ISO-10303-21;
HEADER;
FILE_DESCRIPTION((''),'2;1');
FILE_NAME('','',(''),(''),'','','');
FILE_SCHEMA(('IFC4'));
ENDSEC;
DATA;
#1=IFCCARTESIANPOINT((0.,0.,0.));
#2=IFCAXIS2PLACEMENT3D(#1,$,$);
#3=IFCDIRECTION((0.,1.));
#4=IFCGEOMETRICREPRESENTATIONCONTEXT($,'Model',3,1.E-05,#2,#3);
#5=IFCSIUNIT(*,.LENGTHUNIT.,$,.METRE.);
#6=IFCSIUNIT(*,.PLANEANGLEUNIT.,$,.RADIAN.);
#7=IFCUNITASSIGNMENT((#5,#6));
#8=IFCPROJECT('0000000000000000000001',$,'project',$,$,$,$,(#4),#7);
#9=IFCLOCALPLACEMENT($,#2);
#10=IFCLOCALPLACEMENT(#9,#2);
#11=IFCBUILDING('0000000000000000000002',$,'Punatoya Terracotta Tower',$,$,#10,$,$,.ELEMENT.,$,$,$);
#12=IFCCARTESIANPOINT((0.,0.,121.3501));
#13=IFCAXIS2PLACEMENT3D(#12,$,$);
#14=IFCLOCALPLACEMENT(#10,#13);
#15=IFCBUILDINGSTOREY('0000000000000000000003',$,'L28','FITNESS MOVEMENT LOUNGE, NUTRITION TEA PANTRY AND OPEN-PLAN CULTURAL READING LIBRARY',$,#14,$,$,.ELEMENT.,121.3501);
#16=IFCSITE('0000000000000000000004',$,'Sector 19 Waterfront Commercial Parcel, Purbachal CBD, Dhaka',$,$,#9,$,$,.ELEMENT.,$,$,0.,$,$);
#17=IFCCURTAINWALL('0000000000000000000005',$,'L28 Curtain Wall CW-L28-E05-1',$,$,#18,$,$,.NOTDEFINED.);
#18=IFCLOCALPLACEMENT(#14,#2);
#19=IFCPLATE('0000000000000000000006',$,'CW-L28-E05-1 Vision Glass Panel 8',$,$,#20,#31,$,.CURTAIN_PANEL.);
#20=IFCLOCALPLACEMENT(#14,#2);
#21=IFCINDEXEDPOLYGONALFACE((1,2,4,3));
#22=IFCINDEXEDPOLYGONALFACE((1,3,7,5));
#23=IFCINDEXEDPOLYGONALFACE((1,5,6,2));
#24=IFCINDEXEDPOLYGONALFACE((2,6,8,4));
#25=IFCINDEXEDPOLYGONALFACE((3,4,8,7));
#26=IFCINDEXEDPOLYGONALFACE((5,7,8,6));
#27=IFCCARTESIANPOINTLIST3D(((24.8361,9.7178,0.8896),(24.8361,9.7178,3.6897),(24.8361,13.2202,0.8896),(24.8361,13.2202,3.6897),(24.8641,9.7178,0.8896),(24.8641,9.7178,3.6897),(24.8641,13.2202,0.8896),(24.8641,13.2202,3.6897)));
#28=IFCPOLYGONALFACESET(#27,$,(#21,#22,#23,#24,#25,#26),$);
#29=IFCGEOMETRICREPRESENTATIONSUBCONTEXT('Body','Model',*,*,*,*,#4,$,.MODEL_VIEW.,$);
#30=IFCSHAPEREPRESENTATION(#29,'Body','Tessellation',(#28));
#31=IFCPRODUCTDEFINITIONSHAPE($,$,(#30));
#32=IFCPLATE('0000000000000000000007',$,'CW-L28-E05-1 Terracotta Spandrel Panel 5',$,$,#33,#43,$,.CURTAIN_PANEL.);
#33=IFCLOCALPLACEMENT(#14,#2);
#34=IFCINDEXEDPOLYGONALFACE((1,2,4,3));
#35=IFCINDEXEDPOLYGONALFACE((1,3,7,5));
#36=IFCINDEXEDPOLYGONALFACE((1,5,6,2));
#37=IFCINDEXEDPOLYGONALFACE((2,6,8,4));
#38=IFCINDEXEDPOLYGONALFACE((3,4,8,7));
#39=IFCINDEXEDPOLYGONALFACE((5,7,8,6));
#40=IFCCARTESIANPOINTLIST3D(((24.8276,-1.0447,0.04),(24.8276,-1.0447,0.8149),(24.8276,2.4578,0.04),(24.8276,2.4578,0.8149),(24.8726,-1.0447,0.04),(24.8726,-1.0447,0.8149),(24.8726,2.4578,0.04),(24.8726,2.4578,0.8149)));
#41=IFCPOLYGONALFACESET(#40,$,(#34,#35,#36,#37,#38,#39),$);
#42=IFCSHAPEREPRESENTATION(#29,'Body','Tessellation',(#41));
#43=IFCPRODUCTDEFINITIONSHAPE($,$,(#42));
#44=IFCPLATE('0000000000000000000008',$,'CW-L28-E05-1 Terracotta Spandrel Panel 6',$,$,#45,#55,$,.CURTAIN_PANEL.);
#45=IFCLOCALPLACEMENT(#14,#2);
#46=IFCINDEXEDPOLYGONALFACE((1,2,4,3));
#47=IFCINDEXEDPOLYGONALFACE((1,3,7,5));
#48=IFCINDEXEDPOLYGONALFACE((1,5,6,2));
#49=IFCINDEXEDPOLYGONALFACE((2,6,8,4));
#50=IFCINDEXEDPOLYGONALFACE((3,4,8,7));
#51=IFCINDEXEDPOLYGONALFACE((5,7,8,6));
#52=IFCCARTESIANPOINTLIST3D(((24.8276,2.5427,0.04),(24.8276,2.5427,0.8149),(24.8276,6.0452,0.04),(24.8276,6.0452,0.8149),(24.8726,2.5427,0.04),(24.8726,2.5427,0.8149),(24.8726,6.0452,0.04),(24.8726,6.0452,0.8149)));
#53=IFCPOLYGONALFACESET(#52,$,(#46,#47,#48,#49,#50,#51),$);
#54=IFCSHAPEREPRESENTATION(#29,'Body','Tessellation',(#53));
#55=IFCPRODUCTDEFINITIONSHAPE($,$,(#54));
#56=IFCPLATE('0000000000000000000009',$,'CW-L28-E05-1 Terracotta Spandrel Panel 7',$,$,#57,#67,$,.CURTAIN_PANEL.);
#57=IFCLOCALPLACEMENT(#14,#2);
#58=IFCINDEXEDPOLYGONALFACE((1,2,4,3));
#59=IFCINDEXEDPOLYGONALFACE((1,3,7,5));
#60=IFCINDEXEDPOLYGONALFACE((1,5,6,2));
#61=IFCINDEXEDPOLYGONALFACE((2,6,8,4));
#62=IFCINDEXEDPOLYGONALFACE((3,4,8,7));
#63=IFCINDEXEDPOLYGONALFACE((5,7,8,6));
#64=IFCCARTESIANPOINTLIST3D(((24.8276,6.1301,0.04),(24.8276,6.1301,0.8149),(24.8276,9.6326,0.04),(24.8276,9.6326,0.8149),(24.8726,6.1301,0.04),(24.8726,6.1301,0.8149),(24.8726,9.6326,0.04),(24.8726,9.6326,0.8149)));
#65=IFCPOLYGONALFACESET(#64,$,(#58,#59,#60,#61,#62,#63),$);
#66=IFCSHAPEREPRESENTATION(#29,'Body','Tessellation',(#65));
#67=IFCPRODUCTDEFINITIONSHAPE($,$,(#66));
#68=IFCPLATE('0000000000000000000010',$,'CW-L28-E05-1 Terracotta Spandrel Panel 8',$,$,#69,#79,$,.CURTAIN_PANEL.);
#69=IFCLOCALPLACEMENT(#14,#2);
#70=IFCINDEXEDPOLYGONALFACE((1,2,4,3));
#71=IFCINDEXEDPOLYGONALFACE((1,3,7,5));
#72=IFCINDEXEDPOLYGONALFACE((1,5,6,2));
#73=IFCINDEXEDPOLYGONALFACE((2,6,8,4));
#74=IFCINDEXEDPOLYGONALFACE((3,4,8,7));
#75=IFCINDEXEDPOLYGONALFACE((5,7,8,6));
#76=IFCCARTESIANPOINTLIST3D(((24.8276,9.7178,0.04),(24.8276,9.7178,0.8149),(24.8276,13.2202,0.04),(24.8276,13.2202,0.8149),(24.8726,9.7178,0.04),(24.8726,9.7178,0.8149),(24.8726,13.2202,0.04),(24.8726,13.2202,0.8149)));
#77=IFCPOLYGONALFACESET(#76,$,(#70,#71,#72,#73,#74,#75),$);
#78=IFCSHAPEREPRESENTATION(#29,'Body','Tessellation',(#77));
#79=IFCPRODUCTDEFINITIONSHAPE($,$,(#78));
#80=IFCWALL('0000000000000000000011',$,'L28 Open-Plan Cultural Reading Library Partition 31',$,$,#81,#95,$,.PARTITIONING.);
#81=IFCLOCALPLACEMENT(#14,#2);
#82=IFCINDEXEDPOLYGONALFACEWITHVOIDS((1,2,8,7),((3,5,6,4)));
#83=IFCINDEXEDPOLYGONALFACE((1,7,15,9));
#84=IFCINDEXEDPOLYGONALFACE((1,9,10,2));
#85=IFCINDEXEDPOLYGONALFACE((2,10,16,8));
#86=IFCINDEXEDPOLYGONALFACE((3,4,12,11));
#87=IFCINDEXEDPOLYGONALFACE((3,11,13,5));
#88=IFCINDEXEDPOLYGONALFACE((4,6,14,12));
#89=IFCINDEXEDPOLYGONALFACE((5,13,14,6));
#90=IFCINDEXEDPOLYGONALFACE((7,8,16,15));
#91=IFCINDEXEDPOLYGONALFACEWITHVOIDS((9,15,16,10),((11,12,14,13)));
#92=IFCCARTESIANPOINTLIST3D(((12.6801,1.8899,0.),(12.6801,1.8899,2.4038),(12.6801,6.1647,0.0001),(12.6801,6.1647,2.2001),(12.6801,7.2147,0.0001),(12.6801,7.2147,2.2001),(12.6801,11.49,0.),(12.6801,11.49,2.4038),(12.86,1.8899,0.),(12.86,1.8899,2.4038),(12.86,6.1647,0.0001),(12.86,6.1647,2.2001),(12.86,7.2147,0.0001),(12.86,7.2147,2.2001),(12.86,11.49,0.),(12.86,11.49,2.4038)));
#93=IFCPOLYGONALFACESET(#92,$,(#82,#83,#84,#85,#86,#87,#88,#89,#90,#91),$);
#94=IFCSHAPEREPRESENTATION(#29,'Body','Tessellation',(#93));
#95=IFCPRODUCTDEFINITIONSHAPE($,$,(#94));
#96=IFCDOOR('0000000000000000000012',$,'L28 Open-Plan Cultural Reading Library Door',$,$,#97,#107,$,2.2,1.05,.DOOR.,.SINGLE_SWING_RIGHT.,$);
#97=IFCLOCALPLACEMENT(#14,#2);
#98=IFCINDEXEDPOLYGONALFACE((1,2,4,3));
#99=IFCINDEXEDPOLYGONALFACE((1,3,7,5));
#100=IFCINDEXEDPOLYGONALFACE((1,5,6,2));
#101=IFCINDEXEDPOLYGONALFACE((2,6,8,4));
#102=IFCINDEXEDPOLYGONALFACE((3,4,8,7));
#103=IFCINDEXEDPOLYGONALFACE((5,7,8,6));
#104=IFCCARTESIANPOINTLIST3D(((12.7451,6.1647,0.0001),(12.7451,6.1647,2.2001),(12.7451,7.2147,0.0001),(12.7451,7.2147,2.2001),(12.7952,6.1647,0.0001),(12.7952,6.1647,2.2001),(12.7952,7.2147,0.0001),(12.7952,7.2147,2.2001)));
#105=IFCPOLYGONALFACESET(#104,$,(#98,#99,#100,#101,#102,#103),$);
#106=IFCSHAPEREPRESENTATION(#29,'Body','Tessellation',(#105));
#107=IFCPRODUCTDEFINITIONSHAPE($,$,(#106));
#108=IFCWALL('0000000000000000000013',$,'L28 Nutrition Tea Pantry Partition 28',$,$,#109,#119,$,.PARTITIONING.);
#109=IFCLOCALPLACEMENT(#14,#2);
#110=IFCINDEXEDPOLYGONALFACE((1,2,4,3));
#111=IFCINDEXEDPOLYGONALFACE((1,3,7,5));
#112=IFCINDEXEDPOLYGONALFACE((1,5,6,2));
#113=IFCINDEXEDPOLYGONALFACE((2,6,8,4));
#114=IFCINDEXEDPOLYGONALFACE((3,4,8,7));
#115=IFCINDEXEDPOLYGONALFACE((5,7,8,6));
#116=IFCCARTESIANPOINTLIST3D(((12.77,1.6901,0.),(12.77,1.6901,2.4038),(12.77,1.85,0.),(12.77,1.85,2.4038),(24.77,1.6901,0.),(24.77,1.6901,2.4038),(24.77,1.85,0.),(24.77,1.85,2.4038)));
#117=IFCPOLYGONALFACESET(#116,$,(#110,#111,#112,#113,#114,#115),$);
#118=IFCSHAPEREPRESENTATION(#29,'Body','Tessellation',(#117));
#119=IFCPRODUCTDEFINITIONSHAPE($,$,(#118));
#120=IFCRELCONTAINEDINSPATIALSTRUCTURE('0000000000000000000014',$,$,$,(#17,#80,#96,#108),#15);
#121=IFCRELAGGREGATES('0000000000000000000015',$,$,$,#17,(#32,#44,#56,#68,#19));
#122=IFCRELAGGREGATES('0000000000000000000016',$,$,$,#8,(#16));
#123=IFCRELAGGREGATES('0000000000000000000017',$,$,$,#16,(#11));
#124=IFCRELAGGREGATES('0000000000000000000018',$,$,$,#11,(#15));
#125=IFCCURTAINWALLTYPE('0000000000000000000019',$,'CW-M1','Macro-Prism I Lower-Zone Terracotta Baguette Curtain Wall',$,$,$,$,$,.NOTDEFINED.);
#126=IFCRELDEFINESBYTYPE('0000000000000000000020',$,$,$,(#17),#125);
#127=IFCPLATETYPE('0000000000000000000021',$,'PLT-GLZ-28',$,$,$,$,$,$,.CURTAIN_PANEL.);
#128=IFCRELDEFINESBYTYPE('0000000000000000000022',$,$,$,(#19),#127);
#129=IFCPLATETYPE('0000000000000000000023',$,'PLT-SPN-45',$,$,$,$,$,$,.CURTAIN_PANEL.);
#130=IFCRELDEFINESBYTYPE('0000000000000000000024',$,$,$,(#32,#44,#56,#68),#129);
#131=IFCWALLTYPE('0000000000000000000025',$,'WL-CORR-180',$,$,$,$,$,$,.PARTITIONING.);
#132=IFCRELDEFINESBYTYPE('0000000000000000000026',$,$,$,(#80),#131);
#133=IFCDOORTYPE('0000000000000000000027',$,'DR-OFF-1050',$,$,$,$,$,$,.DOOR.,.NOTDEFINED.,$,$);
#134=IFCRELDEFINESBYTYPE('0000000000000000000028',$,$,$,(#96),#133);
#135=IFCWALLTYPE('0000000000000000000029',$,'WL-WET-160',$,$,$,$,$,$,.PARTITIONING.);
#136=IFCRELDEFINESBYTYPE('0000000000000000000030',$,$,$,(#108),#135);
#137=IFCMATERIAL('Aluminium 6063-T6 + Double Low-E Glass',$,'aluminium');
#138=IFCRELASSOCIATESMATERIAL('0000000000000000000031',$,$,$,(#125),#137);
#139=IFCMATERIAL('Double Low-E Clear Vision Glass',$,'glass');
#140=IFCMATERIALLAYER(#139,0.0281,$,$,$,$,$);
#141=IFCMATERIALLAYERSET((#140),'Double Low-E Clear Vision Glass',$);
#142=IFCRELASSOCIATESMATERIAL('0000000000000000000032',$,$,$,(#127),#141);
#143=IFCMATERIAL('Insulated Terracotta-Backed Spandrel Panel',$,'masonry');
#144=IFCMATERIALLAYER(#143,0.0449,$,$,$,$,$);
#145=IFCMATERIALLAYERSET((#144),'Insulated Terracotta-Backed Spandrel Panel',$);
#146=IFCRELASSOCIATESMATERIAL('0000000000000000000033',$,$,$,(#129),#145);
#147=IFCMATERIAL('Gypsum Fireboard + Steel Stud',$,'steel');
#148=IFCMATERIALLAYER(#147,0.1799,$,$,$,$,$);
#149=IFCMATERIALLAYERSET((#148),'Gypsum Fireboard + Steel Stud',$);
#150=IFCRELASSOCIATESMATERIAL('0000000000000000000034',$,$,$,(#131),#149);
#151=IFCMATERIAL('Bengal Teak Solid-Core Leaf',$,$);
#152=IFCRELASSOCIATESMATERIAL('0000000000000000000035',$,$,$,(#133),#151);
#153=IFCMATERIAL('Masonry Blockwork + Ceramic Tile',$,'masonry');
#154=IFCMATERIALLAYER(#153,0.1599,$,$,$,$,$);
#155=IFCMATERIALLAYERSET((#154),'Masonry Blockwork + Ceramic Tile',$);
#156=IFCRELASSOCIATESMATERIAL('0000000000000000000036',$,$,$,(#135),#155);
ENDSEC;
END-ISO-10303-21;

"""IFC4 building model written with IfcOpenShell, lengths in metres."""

from ifc_helpers import new_model, si_unit, direction, frame, frame_2d, origin, origin_2d, place, context, subcontext, project, spatial, rectangle, extrude, material, layer, layer_set, type_object, element, fill, aggregate, save


model = new_model("IFC4")

# Units and contexts
model_context = context("Model", 3, precision=1e-05, world=origin(), true_north=direction((0.0, 1.0)))
body_context = subcontext(model_context, "Body", "Model", "MODEL_VIEW")
ifc_project = project(units=[si_unit("LENGTHUNIT", "METRE"), si_unit("PLANEANGLEUNIT", "RADIAN")], contexts=[model_context])

# Site, building, storey
site_placement = place(None, origin())
site = spatial("IfcSite", under=ifc_project, at=site_placement, Name="Sector 19 Waterfront Commercial Parcel, Purbachal CBD, Dhaka", CompositionType="ELEMENT", RefElevation=0.0)
building_placement = place(site_placement, origin())
building = spatial("IfcBuilding", under=site, at=building_placement, Name="Punatoya Terracotta Tower", CompositionType="ELEMENT")
storey_placement = place(building_placement, frame((0.0, 0.0, 121.3501)))
storey = spatial("IfcBuildingStorey", under=building, at=storey_placement, Name="L28", Description="FITNESS MOVEMENT LOUNGE, NUTRITION TEA PANTRY AND OPEN-PLAN CULTURAL READING LIBRARY", CompositionType="ELEMENT", Elevation=121.3501)

# Curtain wall, plates
ifc_material_1 = material(Name="Aluminium 6063-T6 + Double Low-E Glass", Category="aluminium")
curtain_wall_type = type_object("IfcCurtainWallType", Name="CW-M1", Description="Macro-Prism I Lower-Zone Terracotta Baguette Curtain Wall", PredefinedType="NOTDEFINED", material=ifc_material_1)
curtain_wall_placement = place(storey_placement, origin())
curtain_wall = element("IfcCurtainWall", 1, at=curtain_wall_placement, inside=storey, type_object=curtain_wall_type, Name="L28 Curtain Wall CW-L28-E05-1", PredefinedType="NOTDEFINED")
ifc_material_2 = material(Name="Double Low-E Clear Vision Glass", Category="glass")
ifc_layer_1 = layer(ifc_material_2, 0.0281)
ifc_layer_set_1 = layer_set([ifc_layer_1], Name="Double Low-E Clear Vision Glass")
plate_type_1 = type_object("IfcPlateType", Name="PLT-GLZ-28", PredefinedType="CURTAIN_PANEL", material=ifc_layer_set_1)
plate_1_placement = place(storey_placement, frame((24.8501, 11.469, 0.8896), z_axis=(0.0, 0.0, 1.0), x_axis=(0.0, 1.0, 0.0)))
plate_1 = element("IfcPlate", 2, at=plate_1_placement, type_object=plate_type_1, Name="CW-L28-E05-1 Vision Glass Panel 8", PredefinedType="CURTAIN_PANEL", context=body_context, shape_type="SweptSolid", body=[
    extrude(rectangle(XDim=3.5024, YDim=0.0281, at=origin_2d()), origin(), (0.0, 0.0, 1.0), 2.8),
])
ifc_material_3 = material(Name="Insulated Terracotta-Backed Spandrel Panel", Category="masonry")
ifc_layer_2 = layer(ifc_material_3, 0.0449)
ifc_layer_set_2 = layer_set([ifc_layer_2], Name="Insulated Terracotta-Backed Spandrel Panel")
plate_type_2 = type_object("IfcPlateType", Name="PLT-SPN-45", PredefinedType="CURTAIN_PANEL", material=ifc_layer_set_2)
plate_2_placement = place(storey_placement, frame((24.8501, 0.7065, 0.04), z_axis=(0.0, 0.0, 1.0), x_axis=(0.0, 1.0, 0.0)))
plate_2 = element("IfcPlate", 3, at=plate_2_placement, type_object=plate_type_2, Name="CW-L28-E05-1 Terracotta Spandrel Panel 5", PredefinedType="CURTAIN_PANEL", context=body_context, shape_type="SweptSolid", body=[
    extrude(rectangle(XDim=3.5024, YDim=0.0449, at=origin_2d()), origin(), (0.0, 0.0, 1.0), 0.7749),
])
plate_3_placement = place(storey_placement, frame((24.8501, 4.2939, 0.04), z_axis=(0.0, 0.0, 1.0), x_axis=(0.0, 1.0, 0.0)))
plate_3 = element("IfcPlate", 4, at=plate_3_placement, type_object=plate_type_2, Name="CW-L28-E05-1 Terracotta Spandrel Panel 6", PredefinedType="CURTAIN_PANEL", context=body_context, shape_type="SweptSolid", body=[
    extrude(rectangle(XDim=3.5024, YDim=0.0449, at=origin_2d()), origin(), (0.0, 0.0, 1.0), 0.7749),
])
plate_4_placement = place(storey_placement, frame((24.8501, 7.8813, 0.04), z_axis=(0.0, 0.0, 1.0), x_axis=(0.0, 1.0, 0.0)))
plate_4 = element("IfcPlate", 5, at=plate_4_placement, type_object=plate_type_2, Name="CW-L28-E05-1 Terracotta Spandrel Panel 7", PredefinedType="CURTAIN_PANEL", context=body_context, shape_type="SweptSolid", body=[
    extrude(rectangle(XDim=3.5024, YDim=0.0449, at=origin_2d()), origin(), (0.0, 0.0, 1.0), 0.7749),
])
plate_5_placement = place(storey_placement, frame((24.8501, 11.469, 0.04), z_axis=(0.0, 0.0, 1.0), x_axis=(0.0, 1.0, 0.0)))
plate_5 = element("IfcPlate", 6, at=plate_5_placement, type_object=plate_type_2, Name="CW-L28-E05-1 Terracotta Spandrel Panel 8", PredefinedType="CURTAIN_PANEL", context=body_context, shape_type="SweptSolid", body=[
    extrude(rectangle(XDim=3.5024, YDim=0.0449, at=origin_2d()), origin(), (0.0, 0.0, 1.0), 0.7749),
])
aggregate(curtain_wall, [plate_2, plate_3, plate_4, plate_5, plate_1])

# Wall, opening, door
ifc_material_4 = material(Name="Gypsum Fireboard + Steel Stud", Category="steel")
ifc_layer_3 = layer(ifc_material_4, 0.1799)
ifc_layer_set_3 = layer_set([ifc_layer_3], Name="Gypsum Fireboard + Steel Stud")
wall_type_1 = type_object("IfcWallType", Name="WL-CORR-180", PredefinedType="PARTITIONING", material=ifc_layer_set_3)
wall_1_placement = place(storey_placement, frame((12.77, 1.8899, 0.0), z_axis=(0.0, 0.0, 1.0), x_axis=(0.0, 1.0, 0.0)))
wall_1 = element("IfcWall", 7, at=wall_1_placement, inside=storey, type_object=wall_type_1, Name="L28 Open-Plan Cultural Reading Library Partition 31", PredefinedType="PARTITIONING", context=body_context, shape_type="SweptSolid", body=[
    extrude(rectangle(XDim=9.6001, YDim=0.1799, at=frame_2d((4.8, 0.0))), origin(), (0.0, 0.0, 1.0), 2.4038),
])
opening_placement = place(wall_1_placement, frame((4.2749, 0.0, 0.0)))
opening = element("IfcOpeningElement", 8, at=opening_placement, cuts=wall_1, PredefinedType="OPENING", context=body_context, shape_type="SweptSolid", body=[
    extrude(rectangle(XDim=1.05, YDim=2.2, at=frame_2d((0.5249, 1.1001))), frame((0.0, 0.0999, 0.0), z_axis=(0.0, -1.0, 0.0), x_axis=(1.0, 0.0, 0.0)), (0.0, 0.0, 1.0), 0.2),
])
ifc_material_5 = material(Name="Bengal Teak Solid-Core Leaf")
door_type = type_object("IfcDoorType", Name="DR-OFF-1050", OperationType="NOTDEFINED", PredefinedType="DOOR", material=ifc_material_5)
door_placement = place(opening_placement, origin())
door = element("IfcDoor", 9, at=door_placement, inside=storey, type_object=door_type, Name="L28 Open-Plan Cultural Reading Library Door", OperationType="SINGLE_SWING_RIGHT", OverallHeight=2.2, OverallWidth=1.05, PredefinedType="DOOR", context=body_context, shape_type="SweptSolid", body=[
    extrude(rectangle(XDim=1.05, YDim=2.2, at=frame_2d((0.5249, 1.1001))), frame((0.0, 0.0249, 0.0), z_axis=(0.0, -1.0, 0.0), x_axis=(1.0, 0.0, 0.0)), (0.0, 0.0, 1.0), 0.05),
])
fill(opening, door)

# Wall
ifc_material_6 = material(Name="Masonry Blockwork + Ceramic Tile", Category="masonry")
ifc_layer_4 = layer(ifc_material_6, 0.1599)
ifc_layer_set_4 = layer_set([ifc_layer_4], Name="Masonry Blockwork + Ceramic Tile")
wall_type_2 = type_object("IfcWallType", Name="WL-WET-160", PredefinedType="PARTITIONING", material=ifc_layer_set_4)
wall_2_placement = place(storey_placement, frame((12.77, 1.77, 0.0), z_axis=(0.0, 0.0, 1.0), x_axis=(1.0, 0.0, 0.0)))
element("IfcWall", 10, at=wall_2_placement, inside=storey, type_object=wall_type_2, Name="L28 Nutrition Tea Pantry Partition 28", PredefinedType="PARTITIONING", context=body_context, shape_type="SweptSolid", body=[
    extrude(rectangle(XDim=12.0, YDim=0.1599, at=frame_2d((6.0, 0.0))), origin(), (0.0, 0.0, 1.0), 2.4038),
])

save(model, "model.ifc")
